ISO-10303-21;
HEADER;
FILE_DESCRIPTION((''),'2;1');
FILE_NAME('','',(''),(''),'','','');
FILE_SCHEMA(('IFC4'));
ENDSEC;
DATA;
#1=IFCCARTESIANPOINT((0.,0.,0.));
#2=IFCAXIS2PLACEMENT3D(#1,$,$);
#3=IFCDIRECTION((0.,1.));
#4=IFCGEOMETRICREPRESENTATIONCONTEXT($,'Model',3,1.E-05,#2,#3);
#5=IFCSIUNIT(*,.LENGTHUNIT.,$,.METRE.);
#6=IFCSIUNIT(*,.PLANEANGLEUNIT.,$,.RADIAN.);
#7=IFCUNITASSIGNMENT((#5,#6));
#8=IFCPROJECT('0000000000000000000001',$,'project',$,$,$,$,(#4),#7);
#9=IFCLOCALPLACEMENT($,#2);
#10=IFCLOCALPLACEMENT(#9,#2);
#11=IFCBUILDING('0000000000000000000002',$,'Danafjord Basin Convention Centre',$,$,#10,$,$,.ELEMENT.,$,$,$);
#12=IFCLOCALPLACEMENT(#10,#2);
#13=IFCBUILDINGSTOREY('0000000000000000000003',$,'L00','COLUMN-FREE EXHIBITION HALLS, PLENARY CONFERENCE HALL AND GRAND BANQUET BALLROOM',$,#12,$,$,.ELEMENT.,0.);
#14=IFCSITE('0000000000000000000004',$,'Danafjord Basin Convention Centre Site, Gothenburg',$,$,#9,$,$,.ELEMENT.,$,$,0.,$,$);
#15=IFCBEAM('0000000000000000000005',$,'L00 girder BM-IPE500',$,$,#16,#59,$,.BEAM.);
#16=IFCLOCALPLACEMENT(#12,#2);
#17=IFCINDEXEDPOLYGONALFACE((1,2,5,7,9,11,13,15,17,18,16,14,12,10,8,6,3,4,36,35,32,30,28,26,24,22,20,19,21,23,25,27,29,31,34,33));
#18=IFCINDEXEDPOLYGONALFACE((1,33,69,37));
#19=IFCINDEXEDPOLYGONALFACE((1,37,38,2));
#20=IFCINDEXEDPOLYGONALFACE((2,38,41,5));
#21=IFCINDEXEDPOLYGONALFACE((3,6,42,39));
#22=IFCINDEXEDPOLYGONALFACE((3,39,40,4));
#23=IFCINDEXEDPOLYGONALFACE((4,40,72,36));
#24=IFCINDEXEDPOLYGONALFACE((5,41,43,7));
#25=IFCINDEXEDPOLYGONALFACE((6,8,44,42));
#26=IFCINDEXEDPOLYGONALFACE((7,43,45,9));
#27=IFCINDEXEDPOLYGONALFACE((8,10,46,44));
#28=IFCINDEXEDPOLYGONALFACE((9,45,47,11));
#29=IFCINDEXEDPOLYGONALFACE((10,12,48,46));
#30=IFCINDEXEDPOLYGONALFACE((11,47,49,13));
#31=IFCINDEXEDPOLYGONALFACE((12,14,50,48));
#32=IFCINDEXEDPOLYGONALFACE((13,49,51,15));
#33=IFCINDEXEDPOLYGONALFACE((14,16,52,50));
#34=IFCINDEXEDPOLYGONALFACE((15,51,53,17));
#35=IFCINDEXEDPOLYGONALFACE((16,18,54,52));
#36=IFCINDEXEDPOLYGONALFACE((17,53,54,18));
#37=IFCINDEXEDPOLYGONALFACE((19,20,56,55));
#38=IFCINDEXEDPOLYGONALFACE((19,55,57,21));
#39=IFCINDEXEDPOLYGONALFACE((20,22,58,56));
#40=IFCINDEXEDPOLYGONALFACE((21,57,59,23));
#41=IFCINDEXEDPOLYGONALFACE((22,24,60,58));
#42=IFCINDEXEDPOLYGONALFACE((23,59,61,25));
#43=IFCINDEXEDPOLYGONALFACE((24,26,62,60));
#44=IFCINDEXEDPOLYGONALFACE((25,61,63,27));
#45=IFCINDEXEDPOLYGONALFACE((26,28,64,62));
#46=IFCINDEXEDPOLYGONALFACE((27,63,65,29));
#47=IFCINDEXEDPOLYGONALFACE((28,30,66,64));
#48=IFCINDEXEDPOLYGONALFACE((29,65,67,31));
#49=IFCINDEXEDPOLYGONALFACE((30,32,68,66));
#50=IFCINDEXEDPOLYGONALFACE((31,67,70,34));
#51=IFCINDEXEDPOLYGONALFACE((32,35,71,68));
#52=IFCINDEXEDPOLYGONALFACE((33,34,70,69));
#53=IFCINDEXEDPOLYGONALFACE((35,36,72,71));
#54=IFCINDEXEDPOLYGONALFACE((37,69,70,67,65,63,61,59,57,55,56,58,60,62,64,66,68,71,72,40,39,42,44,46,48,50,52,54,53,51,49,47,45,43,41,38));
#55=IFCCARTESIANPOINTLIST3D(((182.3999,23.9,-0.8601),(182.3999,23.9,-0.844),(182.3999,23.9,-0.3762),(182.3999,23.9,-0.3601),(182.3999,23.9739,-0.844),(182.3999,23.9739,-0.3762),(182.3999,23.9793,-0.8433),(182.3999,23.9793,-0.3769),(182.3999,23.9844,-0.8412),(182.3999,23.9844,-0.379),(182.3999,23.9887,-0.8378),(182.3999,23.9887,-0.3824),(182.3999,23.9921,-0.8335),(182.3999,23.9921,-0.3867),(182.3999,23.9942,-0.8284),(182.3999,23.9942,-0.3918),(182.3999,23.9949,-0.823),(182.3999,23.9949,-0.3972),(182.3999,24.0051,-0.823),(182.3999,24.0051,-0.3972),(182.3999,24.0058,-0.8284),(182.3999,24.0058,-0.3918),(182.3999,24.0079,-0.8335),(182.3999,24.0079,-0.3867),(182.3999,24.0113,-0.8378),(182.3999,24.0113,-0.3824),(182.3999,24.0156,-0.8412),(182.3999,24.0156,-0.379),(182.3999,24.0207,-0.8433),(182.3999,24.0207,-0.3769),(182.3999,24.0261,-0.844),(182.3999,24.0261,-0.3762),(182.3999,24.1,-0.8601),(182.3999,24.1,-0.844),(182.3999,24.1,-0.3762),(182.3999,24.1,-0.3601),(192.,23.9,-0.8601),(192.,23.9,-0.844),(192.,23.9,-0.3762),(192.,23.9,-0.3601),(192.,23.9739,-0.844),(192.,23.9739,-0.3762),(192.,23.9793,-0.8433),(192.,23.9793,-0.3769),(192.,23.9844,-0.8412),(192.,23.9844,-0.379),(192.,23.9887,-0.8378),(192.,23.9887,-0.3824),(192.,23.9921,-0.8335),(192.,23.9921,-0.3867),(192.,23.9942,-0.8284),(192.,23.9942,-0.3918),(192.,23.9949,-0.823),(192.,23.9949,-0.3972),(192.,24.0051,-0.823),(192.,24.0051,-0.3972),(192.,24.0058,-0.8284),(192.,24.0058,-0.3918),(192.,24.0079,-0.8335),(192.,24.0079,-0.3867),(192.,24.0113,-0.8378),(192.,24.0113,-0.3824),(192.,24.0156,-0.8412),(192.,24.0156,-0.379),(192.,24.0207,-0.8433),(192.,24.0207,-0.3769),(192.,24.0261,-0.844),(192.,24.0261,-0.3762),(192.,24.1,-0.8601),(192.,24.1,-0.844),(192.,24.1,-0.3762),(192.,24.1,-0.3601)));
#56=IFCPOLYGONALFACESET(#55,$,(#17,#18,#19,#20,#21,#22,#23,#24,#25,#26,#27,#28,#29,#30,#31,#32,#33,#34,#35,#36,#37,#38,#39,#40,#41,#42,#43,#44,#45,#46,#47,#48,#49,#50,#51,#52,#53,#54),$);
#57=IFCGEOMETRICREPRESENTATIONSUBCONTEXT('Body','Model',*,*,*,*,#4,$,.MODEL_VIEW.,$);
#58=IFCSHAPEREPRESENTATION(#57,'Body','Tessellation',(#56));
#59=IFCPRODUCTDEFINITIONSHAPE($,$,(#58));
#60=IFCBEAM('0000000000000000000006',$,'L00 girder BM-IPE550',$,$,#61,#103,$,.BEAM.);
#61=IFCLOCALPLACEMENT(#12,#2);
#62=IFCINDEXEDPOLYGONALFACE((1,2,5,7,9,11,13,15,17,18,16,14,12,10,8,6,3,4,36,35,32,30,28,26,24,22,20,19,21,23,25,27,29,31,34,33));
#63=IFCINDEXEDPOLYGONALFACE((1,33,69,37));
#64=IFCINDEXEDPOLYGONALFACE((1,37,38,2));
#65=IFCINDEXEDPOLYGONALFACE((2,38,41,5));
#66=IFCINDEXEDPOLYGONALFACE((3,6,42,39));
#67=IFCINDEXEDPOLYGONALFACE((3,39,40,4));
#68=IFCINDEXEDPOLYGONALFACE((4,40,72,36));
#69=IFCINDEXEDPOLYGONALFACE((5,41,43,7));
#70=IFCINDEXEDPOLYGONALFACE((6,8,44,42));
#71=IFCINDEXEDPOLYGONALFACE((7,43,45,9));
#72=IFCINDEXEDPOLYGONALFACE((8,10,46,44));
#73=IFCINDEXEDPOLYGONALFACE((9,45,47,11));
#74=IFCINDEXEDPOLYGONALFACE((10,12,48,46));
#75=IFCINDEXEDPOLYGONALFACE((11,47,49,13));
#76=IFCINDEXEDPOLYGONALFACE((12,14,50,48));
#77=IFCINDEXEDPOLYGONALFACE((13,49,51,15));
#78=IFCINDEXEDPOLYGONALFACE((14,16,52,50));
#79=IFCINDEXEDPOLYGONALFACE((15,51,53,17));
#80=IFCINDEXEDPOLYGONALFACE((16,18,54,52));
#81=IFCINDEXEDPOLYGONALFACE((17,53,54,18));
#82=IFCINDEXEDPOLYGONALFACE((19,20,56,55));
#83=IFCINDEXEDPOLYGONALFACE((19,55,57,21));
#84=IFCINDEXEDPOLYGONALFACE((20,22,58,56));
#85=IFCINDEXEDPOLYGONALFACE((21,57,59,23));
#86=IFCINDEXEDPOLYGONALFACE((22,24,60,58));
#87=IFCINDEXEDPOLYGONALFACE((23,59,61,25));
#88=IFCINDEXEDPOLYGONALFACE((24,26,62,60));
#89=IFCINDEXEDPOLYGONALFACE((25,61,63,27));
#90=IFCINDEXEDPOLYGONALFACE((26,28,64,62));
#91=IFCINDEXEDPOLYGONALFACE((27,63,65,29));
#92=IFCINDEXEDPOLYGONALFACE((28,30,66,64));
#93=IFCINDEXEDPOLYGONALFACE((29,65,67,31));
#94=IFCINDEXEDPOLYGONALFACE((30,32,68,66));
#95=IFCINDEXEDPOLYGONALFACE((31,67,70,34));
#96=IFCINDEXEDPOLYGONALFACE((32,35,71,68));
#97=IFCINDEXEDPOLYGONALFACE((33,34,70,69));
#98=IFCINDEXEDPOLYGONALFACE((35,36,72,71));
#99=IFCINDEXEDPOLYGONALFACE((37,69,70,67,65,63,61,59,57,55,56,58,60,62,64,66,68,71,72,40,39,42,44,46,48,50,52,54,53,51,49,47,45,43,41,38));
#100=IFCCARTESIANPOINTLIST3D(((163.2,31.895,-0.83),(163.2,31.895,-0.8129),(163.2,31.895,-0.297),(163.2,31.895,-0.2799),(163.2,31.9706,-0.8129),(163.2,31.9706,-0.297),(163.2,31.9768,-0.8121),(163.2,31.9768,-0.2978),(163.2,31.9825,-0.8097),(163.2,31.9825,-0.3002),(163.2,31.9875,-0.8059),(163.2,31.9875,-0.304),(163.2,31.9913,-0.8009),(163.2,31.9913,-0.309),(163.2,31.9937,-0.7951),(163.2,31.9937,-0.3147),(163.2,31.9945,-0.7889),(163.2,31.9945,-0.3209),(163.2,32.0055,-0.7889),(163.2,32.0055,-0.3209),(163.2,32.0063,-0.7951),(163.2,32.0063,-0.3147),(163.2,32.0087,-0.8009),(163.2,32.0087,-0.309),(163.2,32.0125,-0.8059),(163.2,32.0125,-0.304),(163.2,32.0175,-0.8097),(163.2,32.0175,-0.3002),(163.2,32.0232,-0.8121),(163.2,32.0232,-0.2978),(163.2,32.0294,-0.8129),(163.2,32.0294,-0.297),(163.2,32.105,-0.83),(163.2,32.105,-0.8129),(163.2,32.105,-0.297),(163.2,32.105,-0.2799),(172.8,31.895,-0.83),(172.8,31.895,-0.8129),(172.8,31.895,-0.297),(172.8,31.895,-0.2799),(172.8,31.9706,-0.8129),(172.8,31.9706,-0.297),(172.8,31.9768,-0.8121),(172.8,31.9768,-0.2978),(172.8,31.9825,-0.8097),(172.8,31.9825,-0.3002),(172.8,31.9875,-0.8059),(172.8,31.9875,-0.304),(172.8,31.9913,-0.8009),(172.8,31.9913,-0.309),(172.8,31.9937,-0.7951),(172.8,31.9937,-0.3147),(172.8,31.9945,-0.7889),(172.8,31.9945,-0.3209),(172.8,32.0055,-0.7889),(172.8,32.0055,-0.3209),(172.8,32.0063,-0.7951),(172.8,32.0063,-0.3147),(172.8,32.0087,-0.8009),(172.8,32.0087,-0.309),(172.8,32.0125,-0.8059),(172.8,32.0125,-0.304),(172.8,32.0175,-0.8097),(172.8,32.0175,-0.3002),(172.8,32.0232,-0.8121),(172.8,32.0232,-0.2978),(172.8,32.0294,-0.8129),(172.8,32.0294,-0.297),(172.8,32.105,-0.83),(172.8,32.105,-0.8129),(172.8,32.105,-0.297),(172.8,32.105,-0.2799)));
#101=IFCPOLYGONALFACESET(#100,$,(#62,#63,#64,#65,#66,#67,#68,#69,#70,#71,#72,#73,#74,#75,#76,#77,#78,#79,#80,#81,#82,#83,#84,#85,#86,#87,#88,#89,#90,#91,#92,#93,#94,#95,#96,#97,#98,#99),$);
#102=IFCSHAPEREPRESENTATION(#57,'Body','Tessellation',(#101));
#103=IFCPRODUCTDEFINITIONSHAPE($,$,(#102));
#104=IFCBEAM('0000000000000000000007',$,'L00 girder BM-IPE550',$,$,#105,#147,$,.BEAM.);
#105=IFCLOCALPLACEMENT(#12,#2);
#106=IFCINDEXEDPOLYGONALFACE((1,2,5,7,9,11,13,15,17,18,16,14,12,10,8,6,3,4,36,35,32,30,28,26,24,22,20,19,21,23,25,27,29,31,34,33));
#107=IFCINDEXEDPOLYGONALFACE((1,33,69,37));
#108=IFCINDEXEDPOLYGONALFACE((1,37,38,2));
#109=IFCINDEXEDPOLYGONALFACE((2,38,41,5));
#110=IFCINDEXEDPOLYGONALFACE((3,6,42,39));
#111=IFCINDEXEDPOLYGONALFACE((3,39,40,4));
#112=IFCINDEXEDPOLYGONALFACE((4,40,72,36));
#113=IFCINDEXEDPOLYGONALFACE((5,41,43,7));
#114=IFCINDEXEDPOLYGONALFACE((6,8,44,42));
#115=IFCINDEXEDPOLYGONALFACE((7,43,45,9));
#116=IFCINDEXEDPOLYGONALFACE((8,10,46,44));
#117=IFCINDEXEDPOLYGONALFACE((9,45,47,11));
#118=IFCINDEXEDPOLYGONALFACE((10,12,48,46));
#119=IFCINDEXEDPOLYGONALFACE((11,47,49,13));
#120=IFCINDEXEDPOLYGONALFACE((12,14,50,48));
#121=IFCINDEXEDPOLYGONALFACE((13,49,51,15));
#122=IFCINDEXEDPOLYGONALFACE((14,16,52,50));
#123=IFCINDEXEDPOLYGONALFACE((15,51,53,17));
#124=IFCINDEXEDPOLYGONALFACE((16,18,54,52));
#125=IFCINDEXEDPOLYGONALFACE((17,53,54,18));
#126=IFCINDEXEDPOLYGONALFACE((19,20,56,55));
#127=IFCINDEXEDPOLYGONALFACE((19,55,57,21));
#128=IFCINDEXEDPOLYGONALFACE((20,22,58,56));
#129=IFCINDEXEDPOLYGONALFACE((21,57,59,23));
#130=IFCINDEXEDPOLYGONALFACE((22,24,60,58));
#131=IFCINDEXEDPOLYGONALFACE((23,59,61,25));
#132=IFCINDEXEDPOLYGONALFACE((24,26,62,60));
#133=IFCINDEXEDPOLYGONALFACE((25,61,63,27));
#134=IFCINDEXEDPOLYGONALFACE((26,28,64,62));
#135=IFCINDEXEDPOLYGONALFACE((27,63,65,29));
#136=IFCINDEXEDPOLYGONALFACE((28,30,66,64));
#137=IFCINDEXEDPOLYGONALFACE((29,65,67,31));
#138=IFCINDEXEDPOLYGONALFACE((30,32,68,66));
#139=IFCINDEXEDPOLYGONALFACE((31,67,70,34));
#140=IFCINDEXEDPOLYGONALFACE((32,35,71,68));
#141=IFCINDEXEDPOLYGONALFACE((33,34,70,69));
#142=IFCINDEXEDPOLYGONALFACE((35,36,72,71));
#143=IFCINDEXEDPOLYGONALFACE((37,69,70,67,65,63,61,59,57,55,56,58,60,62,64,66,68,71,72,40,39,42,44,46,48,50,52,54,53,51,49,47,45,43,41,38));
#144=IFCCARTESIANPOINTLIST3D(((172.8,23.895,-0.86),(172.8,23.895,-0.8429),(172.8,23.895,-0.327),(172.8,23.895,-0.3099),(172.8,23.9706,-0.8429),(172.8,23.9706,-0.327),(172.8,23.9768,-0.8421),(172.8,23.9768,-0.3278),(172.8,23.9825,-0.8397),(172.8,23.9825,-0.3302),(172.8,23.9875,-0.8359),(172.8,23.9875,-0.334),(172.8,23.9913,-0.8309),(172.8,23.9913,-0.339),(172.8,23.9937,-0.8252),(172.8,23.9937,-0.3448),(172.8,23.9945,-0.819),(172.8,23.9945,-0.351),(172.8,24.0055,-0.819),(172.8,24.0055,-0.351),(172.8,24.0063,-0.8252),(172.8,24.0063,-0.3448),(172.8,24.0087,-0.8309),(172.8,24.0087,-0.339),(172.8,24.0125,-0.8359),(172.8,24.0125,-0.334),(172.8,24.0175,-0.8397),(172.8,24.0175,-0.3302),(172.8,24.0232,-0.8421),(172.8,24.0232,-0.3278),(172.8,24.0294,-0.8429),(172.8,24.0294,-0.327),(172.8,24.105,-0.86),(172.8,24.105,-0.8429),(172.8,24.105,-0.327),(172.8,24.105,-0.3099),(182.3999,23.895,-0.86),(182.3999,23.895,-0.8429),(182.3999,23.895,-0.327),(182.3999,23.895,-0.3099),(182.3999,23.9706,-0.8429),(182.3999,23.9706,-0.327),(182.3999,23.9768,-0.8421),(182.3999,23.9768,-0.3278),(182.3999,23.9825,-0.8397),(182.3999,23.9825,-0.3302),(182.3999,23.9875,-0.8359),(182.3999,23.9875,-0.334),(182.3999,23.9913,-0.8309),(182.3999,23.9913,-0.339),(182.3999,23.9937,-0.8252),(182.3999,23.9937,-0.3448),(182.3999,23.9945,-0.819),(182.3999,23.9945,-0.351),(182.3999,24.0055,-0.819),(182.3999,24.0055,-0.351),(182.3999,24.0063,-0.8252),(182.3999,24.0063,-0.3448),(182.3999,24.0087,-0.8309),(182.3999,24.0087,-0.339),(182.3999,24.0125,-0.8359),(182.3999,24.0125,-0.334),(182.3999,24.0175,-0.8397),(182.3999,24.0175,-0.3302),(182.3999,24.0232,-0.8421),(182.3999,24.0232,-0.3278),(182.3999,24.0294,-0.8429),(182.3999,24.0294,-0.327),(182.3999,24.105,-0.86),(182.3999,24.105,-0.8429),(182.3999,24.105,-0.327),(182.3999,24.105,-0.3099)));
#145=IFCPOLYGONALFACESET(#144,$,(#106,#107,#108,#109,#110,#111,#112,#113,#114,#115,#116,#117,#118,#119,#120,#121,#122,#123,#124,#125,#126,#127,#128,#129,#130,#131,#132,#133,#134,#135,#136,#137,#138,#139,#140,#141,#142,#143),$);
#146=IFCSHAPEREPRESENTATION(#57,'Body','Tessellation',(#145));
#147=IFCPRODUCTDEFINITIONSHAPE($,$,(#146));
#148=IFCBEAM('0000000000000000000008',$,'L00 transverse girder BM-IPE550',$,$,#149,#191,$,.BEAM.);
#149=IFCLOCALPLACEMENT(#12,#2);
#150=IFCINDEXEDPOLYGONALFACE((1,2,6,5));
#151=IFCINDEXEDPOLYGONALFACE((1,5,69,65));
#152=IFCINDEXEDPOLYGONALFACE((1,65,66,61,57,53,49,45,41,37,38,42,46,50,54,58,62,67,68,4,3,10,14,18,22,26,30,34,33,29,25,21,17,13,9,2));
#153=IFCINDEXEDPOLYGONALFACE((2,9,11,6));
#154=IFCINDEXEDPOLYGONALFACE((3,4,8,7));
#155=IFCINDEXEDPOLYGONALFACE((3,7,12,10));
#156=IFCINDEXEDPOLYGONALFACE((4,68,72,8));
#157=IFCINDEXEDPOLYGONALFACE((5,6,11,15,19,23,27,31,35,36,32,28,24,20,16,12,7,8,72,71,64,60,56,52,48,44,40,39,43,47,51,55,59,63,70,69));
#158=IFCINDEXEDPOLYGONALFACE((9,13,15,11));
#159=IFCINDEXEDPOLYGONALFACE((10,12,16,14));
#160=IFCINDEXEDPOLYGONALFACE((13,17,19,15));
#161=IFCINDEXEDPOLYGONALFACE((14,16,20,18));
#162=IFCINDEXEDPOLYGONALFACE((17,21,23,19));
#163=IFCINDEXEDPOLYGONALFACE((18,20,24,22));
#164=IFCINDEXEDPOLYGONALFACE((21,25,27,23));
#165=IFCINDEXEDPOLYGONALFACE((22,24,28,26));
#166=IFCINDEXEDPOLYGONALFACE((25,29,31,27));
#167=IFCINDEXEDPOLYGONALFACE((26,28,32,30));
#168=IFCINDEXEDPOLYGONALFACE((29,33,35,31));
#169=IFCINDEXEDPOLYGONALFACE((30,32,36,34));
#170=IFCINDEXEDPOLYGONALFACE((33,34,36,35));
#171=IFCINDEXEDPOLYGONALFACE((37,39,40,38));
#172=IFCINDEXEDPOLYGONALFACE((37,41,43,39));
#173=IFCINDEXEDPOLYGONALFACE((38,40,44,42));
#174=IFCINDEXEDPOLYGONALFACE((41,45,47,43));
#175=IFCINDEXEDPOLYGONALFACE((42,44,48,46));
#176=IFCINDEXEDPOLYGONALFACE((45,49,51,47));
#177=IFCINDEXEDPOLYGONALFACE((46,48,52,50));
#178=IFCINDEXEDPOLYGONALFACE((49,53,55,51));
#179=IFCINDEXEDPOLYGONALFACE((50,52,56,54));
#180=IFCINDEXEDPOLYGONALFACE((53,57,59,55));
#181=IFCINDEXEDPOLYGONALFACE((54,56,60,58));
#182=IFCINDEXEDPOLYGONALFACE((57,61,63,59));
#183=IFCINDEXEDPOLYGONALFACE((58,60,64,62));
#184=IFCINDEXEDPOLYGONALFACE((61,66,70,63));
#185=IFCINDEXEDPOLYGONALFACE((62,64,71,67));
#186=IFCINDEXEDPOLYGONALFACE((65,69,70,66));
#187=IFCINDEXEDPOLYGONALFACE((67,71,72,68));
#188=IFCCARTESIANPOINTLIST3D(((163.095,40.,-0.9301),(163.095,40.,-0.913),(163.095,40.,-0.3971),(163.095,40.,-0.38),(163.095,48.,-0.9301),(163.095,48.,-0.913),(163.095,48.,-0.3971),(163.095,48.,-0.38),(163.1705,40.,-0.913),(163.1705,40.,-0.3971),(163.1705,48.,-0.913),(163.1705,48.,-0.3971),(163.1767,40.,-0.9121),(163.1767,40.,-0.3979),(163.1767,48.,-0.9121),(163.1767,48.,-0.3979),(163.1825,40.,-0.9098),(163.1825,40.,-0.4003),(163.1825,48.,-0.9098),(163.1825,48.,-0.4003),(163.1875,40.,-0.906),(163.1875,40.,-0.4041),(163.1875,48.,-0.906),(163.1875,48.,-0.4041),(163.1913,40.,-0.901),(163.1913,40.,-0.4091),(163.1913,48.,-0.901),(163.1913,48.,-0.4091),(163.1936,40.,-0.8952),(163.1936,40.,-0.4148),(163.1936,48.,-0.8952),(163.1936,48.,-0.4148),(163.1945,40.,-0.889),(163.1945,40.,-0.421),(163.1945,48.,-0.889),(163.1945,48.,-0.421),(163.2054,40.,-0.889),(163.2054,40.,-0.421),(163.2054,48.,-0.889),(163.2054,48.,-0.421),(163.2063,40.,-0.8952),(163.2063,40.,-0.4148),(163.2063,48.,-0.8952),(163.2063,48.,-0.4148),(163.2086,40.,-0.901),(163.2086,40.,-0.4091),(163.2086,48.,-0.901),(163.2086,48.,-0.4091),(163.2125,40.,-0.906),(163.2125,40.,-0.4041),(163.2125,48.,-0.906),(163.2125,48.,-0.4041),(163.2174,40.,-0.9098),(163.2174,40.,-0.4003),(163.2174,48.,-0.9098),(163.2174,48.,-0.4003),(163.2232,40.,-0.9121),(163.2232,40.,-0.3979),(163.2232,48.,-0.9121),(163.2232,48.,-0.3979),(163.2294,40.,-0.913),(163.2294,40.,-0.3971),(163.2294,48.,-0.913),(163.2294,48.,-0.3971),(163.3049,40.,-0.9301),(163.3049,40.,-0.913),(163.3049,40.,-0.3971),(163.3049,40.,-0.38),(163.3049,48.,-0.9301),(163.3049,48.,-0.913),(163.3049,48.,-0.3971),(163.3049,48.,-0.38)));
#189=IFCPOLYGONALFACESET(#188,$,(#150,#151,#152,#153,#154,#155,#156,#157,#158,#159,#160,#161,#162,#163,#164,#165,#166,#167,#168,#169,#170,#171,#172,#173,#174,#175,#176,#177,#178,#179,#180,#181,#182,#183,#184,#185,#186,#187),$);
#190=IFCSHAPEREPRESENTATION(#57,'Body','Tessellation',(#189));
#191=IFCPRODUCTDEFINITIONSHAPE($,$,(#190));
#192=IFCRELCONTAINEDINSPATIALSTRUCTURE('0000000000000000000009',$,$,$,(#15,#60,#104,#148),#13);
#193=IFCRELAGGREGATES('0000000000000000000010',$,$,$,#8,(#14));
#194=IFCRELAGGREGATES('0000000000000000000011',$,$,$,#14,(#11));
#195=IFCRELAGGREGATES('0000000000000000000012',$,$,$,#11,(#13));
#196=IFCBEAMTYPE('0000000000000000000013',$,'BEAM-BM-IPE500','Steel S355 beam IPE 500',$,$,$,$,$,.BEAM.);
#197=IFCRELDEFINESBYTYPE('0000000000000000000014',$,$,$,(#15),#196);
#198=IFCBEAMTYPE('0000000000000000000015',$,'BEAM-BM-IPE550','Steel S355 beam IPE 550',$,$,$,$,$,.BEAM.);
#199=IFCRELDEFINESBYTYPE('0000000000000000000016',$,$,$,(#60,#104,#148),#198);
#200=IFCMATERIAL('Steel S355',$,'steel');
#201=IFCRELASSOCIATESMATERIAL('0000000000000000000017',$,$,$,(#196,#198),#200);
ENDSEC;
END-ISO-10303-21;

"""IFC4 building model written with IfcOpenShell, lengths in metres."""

from ifc_helpers import new_model, si_unit, direction, frame, origin, origin_2d, place, context, subcontext, project, spatial, i_section, extrude, material, material_profile, profile_set, type_object, element, save


model = new_model("IFC4")

# Units and contexts
model_context = context("Model", 3, precision=1e-05, world=origin(), true_north=direction((0.0, 1.0)))
body_context = subcontext(model_context, "Body", "Model", "MODEL_VIEW")
ifc_project = project(units=[si_unit("LENGTHUNIT", "METRE"), si_unit("PLANEANGLEUNIT", "RADIAN")], contexts=[model_context])

# Site, building, storey
site_placement = place(None, origin())
site = spatial("IfcSite", under=ifc_project, at=site_placement, Name="Danafjord Basin Convention Centre Site, Gothenburg", CompositionType="ELEMENT", RefElevation=0.0)
building_placement = place(site_placement, origin())
building = spatial("IfcBuilding", under=site, at=building_placement, Name="Danafjord Basin Convention Centre", CompositionType="ELEMENT")
storey_placement = place(building_placement, origin())
storey = spatial("IfcBuildingStorey", under=building, at=storey_placement, Name="L00", Description="COLUMN-FREE EXHIBITION HALLS, PLENARY CONFERENCE HALL AND GRAND BANQUET BALLROOM", CompositionType="ELEMENT", Elevation=0.0)

# Shared definitions
ifc_material_1 = material(Name="Steel S355", Category="steel")

# Beams
ifc_material_profile_1 = material_profile(ifc_material_1, i_section(OverallWidth=0.2, OverallDepth=0.5, WebThickness=0.0103, FlangeThickness=0.0161, FilletRadius=0.021, at=origin_2d()), Name="IPE 500")
ifc_profile_set_1 = profile_set([ifc_material_profile_1], Name="Steel S355")
beam_type_1 = type_object("IfcBeamType", Name="BEAM-BM-IPE500", Description="Steel S355 beam IPE 500", PredefinedType="BEAM", material=ifc_profile_set_1)
beam_1_placement = place(storey_placement, frame((182.3999, 24.0, -0.6101), z_axis=(1.0, 0.0, 0.0), x_axis=(0.0, 1.0, 0.0)))
element("IfcBeam", 1, at=beam_1_placement, inside=storey, type_object=beam_type_1, Name="L00 girder BM-IPE500", PredefinedType="BEAM", context=body_context, shape_type="SweptSolid", body=[
    extrude(i_section(OverallWidth=0.2, OverallDepth=0.5, WebThickness=0.0103, FlangeThickness=0.0161, FilletRadius=0.021, at=origin_2d()), origin(), (0.0, 0.0, 1.0), 9.6001),
])
ifc_material_profile_2 = material_profile(ifc_material_1, i_section(OverallWidth=0.21, OverallDepth=0.55, WebThickness=0.011, FlangeThickness=0.0171, FilletRadius=0.0239, at=origin_2d()), Name="IPE 550")
ifc_profile_set_2 = profile_set([ifc_material_profile_2], Name="Steel S355")
beam_type_2 = type_object("IfcBeamType", Name="BEAM-BM-IPE550", Description="Steel S355 beam IPE 550", PredefinedType="BEAM", material=ifc_profile_set_2)
beam_2_placement = place(storey_placement, frame((163.2, 32.0, -0.5549), z_axis=(1.0, 0.0, 0.0), x_axis=(0.0, 1.0, 0.0)))
element("IfcBeam", 2, at=beam_2_placement, inside=storey, type_object=beam_type_2, Name="L00 girder BM-IPE550", PredefinedType="BEAM", context=body_context, shape_type="SweptSolid", body=[
    extrude(i_section(OverallWidth=0.21, OverallDepth=0.55, WebThickness=0.011, FlangeThickness=0.0171, FilletRadius=0.0239, at=origin_2d()), origin(), (0.0, 0.0, 1.0), 9.6001),
])
beam_3_placement = place(storey_placement, frame((172.8, 24.0, -0.585), z_axis=(1.0, 0.0, 0.0), x_axis=(0.0, 1.0, 0.0)))
element("IfcBeam", 3, at=beam_3_placement, inside=storey, type_object=beam_type_2, Name="L00 girder BM-IPE550", PredefinedType="BEAM", context=body_context, shape_type="SweptSolid", body=[
    extrude(i_section(OverallWidth=0.21, OverallDepth=0.55, WebThickness=0.011, FlangeThickness=0.0171, FilletRadius=0.0239, at=origin_2d()), origin(), (0.0, 0.0, 1.0), 9.5999),
])
for number, where, z_axis, x_axis, name in (
    (4, (163.2, 40.0, -0.655), (0.0, 1.0, 0.0), (-1.0, 0.0, 0.0), "L00 transverse girder BM-IPE550"),
):
    element("IfcBeam", number, at=place(storey_placement, frame(where, z_axis=z_axis, x_axis=x_axis)), inside=storey, type_object=beam_type_2, Name=name, PredefinedType="BEAM", context=body_context, shape_type="SweptSolid", body=[
        extrude(i_section(OverallWidth=0.21, OverallDepth=0.55, WebThickness=0.011, FlangeThickness=0.0171, FilletRadius=0.0239, at=origin_2d()), origin(), (0.0, 0.0, 1.0), 8.0),
    ])

save(model, "model.ifc")
